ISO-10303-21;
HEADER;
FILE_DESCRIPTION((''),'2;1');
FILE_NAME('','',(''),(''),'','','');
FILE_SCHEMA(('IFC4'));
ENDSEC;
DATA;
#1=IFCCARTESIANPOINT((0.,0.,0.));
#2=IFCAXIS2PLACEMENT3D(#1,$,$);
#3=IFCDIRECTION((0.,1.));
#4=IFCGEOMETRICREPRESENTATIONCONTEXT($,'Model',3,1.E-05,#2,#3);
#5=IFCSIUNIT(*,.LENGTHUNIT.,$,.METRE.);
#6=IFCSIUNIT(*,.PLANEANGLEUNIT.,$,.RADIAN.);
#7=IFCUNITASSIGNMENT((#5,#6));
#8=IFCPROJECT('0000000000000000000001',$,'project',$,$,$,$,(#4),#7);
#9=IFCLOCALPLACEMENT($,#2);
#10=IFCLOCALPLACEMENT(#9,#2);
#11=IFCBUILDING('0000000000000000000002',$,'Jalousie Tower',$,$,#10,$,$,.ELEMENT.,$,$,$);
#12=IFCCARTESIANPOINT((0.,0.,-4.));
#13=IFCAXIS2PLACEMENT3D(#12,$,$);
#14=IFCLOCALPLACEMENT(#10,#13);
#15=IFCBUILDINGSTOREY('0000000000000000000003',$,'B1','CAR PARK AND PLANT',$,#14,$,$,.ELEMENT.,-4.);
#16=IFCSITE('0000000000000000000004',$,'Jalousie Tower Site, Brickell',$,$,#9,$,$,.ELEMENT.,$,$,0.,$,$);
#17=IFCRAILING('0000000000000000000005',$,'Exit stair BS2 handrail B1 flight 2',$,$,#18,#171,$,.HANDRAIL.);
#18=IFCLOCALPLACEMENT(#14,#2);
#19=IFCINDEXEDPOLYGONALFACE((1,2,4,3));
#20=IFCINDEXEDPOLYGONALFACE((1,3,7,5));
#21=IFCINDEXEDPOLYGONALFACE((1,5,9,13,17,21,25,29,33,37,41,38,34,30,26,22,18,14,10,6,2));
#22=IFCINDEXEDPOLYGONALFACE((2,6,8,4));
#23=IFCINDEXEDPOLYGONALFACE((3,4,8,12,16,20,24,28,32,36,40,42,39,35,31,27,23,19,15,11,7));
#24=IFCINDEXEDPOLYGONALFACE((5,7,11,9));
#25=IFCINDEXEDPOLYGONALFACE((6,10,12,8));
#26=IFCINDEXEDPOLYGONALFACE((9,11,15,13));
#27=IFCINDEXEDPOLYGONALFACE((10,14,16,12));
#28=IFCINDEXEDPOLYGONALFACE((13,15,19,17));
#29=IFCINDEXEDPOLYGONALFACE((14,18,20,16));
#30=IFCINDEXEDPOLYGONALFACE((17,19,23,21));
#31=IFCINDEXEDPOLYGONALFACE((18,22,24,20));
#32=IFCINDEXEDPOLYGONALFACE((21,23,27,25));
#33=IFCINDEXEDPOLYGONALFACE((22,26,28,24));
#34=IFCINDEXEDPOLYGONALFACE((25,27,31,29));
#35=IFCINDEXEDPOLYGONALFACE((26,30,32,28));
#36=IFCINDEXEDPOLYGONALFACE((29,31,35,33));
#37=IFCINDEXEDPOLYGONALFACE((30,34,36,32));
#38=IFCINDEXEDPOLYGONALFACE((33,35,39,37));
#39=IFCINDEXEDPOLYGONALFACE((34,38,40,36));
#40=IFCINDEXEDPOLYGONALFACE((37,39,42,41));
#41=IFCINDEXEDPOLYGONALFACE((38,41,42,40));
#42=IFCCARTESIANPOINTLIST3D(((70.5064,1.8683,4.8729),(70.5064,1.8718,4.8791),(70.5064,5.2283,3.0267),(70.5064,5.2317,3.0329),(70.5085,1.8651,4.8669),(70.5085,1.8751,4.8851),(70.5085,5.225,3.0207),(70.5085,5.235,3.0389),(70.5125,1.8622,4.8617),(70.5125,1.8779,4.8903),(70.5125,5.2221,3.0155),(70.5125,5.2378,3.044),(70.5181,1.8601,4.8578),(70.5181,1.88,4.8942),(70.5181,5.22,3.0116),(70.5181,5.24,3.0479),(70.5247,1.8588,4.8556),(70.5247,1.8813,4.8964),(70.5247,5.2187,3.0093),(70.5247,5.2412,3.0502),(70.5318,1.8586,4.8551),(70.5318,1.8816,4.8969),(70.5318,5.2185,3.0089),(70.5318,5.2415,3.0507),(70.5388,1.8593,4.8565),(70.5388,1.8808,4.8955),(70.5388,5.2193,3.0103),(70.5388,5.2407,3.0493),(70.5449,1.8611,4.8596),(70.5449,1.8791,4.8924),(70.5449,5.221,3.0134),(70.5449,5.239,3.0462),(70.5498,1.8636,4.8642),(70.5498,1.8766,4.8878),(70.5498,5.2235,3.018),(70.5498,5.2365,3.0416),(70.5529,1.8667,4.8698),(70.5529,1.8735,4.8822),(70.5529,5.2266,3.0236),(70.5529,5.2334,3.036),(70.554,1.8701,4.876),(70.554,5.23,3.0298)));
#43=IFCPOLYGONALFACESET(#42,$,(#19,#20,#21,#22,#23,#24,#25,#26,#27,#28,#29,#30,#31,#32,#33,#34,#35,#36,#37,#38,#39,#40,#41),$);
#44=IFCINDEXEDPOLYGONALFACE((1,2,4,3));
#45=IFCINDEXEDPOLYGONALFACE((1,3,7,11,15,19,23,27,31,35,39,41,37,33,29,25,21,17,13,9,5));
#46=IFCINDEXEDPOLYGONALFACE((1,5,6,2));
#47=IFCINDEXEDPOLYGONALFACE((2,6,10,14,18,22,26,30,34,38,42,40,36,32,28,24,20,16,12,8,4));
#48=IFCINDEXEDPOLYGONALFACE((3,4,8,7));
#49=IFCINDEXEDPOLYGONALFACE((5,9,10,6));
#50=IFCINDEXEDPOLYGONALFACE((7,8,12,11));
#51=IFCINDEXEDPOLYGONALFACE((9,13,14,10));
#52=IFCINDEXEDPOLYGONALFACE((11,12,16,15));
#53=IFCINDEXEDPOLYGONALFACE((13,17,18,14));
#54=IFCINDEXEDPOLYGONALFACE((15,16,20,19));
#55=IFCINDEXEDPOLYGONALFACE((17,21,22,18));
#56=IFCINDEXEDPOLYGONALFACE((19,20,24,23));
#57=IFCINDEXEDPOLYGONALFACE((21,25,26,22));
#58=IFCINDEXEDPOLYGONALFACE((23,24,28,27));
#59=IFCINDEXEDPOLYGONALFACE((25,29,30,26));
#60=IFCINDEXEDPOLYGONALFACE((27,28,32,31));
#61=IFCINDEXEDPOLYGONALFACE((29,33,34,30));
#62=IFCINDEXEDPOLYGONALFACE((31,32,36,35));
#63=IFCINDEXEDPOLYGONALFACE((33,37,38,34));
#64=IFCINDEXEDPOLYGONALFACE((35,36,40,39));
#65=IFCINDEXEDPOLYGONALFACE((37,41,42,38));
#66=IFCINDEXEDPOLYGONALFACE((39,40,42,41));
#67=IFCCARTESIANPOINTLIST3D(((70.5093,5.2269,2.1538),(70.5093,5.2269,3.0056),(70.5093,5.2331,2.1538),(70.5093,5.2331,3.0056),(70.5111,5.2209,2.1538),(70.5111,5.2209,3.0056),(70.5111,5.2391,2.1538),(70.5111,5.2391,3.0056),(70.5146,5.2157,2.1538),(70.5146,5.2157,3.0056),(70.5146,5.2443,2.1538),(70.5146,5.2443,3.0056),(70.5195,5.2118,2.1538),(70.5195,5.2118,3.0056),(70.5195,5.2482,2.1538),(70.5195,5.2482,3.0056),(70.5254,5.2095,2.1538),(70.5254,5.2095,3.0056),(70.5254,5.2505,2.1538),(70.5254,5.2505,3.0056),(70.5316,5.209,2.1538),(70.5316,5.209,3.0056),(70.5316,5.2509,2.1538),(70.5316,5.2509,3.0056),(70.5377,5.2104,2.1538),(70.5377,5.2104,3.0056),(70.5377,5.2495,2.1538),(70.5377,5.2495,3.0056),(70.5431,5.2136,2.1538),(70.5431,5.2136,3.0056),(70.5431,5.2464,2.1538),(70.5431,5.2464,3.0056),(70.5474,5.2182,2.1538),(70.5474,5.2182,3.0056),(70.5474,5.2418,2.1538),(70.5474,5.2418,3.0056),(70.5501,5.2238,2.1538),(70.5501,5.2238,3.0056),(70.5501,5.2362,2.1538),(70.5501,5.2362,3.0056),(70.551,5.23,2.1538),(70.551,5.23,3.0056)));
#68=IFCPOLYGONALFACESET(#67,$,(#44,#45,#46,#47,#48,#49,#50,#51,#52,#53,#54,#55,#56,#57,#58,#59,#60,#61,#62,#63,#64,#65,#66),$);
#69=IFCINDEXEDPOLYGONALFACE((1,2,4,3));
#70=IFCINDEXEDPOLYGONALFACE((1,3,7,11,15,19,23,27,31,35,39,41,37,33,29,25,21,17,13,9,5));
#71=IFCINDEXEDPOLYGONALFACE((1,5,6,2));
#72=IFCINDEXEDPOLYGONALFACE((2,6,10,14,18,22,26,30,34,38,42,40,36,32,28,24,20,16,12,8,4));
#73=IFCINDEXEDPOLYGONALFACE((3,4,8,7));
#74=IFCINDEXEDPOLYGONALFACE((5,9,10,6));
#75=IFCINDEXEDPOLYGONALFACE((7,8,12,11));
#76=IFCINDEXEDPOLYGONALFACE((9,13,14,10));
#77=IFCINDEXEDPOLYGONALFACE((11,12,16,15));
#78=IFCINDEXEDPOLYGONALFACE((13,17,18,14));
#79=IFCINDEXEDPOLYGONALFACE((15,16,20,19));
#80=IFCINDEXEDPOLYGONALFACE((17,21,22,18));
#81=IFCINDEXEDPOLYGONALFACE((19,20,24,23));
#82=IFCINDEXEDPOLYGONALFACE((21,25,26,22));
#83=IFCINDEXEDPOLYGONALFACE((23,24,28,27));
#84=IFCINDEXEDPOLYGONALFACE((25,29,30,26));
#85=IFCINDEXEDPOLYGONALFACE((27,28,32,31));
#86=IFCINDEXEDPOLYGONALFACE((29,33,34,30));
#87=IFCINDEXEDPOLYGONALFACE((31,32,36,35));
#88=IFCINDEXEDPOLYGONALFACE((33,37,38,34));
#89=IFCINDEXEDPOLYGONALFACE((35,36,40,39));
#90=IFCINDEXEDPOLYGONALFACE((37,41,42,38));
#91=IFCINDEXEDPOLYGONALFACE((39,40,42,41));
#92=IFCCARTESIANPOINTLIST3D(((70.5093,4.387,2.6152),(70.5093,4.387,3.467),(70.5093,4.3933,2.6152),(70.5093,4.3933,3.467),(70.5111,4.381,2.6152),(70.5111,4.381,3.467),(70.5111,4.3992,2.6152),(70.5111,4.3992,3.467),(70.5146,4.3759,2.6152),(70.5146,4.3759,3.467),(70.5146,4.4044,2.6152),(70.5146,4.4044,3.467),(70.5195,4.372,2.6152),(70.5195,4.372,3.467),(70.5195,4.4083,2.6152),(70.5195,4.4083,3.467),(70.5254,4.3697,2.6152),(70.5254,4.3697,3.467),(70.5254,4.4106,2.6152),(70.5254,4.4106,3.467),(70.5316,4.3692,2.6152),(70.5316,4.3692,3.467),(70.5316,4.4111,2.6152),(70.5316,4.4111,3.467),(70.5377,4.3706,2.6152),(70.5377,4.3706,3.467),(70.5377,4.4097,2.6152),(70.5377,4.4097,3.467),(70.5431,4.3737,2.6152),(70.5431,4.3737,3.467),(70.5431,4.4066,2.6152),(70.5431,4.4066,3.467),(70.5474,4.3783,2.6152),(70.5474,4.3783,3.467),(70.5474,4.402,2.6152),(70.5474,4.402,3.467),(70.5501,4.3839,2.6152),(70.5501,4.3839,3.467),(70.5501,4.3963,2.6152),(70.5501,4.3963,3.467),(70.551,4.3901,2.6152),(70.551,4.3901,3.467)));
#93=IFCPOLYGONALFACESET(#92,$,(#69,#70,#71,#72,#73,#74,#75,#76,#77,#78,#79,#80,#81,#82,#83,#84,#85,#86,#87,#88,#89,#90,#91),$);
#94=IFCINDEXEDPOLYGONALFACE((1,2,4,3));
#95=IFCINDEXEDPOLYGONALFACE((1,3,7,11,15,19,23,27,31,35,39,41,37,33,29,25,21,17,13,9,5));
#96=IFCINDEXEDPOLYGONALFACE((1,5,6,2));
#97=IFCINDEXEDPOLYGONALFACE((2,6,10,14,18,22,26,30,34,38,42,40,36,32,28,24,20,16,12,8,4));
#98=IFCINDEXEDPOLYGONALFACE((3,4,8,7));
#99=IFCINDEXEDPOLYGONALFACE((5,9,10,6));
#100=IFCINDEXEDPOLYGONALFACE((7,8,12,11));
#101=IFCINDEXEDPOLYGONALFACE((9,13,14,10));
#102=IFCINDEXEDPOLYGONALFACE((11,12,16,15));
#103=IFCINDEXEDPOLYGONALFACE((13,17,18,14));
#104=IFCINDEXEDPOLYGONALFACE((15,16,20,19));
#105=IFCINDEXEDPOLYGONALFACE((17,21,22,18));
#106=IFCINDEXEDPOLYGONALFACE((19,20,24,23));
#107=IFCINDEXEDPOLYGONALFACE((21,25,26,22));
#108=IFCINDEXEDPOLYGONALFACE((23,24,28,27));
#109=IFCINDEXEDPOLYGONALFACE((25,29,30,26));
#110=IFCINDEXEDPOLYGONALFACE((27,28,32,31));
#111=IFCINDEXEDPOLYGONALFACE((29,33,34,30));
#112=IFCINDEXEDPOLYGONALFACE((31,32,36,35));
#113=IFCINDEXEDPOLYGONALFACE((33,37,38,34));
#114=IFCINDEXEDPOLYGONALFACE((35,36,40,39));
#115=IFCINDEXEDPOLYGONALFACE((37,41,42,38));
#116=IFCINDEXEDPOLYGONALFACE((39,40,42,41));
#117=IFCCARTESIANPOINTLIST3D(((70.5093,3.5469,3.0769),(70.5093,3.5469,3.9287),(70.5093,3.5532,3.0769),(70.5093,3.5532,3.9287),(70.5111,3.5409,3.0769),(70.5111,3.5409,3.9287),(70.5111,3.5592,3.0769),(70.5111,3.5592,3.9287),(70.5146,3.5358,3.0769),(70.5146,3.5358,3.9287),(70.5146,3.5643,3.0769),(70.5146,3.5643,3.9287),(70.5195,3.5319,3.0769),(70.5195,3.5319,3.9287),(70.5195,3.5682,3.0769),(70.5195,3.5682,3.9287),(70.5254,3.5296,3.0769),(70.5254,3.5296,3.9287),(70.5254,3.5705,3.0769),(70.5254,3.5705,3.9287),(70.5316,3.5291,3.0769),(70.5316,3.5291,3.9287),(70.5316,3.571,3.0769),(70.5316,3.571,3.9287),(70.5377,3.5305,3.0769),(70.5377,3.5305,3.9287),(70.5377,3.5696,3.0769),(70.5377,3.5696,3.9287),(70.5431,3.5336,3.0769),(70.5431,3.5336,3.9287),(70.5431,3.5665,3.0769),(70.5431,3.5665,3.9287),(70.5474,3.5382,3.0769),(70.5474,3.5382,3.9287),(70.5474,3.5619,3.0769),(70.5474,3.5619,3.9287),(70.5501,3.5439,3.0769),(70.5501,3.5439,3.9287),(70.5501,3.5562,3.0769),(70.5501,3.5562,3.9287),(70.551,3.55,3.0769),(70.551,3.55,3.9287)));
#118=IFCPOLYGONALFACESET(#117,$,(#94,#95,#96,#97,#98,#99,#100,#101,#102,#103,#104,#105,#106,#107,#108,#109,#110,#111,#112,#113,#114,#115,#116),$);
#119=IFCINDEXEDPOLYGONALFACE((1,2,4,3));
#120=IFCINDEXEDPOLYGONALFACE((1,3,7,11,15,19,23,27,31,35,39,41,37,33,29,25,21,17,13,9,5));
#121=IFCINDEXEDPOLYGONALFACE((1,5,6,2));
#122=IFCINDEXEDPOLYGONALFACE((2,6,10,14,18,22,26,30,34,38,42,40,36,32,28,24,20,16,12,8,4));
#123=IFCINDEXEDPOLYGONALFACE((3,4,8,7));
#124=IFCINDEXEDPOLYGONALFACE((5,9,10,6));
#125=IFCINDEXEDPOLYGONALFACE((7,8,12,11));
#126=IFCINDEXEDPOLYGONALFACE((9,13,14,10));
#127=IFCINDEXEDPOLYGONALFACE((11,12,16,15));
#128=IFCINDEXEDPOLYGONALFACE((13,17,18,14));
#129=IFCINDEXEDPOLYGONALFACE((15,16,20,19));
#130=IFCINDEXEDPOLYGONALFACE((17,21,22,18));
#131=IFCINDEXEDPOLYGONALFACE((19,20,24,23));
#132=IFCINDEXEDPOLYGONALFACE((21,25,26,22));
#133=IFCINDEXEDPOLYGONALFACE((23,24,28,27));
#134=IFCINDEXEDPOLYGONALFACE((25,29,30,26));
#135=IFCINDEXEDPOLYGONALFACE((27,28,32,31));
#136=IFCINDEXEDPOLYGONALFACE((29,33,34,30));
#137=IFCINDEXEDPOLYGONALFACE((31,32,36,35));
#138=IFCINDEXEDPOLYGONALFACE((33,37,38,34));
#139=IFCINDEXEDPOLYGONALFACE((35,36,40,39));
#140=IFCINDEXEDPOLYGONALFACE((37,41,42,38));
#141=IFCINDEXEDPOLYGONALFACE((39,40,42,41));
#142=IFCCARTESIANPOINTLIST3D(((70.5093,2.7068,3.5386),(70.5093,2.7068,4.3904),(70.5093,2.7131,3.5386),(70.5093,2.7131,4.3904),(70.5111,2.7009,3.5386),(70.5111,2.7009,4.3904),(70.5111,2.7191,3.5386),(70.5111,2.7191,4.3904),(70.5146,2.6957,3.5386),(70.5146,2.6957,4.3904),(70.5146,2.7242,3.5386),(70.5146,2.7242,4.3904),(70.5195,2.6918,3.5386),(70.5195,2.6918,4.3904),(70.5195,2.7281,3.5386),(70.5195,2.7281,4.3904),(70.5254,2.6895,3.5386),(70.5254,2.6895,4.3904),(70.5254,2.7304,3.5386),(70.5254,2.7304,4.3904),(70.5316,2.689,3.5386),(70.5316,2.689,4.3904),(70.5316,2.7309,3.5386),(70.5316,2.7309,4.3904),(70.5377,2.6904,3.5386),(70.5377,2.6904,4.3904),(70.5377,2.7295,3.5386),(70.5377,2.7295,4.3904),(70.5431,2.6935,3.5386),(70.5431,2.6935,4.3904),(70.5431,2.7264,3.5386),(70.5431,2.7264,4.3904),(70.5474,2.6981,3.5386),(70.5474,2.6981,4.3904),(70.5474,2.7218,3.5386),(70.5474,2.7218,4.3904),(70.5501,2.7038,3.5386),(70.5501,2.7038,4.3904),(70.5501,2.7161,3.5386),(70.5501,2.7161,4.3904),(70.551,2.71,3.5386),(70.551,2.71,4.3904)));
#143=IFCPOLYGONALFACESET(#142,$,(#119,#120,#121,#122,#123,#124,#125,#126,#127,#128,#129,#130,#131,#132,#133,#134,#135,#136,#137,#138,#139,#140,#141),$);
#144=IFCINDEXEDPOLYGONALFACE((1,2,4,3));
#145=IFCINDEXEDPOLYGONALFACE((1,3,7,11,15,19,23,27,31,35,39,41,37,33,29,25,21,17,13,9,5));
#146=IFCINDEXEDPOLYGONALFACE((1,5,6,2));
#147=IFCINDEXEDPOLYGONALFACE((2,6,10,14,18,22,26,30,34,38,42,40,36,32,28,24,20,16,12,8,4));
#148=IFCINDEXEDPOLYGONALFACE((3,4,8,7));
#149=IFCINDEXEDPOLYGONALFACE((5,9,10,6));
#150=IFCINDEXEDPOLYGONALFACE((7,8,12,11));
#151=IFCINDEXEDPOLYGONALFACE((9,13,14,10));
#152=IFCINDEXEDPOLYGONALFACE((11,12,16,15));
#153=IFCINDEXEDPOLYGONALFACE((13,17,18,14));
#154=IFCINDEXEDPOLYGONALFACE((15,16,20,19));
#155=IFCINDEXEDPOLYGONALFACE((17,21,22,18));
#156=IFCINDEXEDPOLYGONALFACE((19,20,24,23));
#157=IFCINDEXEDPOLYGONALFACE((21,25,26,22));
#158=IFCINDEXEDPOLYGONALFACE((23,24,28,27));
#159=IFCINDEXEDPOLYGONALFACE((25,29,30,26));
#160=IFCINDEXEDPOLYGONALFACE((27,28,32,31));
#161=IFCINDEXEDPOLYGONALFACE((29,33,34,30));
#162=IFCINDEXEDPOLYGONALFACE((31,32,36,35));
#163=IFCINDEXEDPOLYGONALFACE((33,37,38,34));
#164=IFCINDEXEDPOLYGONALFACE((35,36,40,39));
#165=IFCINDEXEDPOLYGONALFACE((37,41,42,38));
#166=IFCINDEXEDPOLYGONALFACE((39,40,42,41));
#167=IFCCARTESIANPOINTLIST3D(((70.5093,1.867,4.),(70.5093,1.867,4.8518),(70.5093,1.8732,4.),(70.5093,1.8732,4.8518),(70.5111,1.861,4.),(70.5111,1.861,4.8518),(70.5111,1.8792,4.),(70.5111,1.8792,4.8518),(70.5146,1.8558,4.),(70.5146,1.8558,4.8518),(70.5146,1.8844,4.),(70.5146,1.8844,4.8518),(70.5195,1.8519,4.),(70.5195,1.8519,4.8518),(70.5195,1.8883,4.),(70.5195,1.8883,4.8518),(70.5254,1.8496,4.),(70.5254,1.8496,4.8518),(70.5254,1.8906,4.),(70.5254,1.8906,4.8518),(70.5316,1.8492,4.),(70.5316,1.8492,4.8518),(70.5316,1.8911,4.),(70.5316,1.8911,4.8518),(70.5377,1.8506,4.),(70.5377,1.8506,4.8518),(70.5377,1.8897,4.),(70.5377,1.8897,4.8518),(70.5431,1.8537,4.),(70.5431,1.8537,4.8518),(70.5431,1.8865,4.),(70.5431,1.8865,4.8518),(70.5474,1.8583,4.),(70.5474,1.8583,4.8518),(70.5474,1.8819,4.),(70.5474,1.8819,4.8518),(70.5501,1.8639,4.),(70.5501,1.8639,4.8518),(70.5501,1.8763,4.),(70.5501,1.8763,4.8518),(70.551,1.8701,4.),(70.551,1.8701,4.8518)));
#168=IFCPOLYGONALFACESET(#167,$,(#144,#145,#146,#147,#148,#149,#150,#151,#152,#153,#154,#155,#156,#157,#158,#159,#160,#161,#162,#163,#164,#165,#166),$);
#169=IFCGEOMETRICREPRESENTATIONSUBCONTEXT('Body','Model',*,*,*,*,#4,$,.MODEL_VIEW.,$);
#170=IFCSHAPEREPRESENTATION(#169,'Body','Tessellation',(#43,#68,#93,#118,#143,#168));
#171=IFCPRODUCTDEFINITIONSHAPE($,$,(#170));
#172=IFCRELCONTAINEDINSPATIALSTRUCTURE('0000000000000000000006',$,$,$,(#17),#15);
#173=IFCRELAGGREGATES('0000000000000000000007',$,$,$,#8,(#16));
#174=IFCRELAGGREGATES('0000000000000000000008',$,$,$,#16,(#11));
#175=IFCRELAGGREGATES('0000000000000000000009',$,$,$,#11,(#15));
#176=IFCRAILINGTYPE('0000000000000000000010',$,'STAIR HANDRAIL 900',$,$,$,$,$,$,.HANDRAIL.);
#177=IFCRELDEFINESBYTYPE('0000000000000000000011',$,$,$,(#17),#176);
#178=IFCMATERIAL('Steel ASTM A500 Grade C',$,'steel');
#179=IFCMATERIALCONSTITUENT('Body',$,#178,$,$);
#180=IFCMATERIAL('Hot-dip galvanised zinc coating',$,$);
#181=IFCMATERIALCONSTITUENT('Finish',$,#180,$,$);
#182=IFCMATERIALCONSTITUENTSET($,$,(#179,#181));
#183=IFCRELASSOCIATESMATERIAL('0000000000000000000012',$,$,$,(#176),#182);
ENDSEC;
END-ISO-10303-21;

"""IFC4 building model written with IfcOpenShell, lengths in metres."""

from ifc_helpers import new_model, si_unit, direction, frame, origin, origin_2d, place, context, subcontext, project, spatial, circle, extrude, material, constituent, constituent_set, type_object, element, save


model = new_model("IFC4")

# Units and contexts
model_context = context("Model", 3, precision=1e-05, world=origin(), true_north=direction((0.0, 1.0)))
body_context = subcontext(model_context, "Body", "Model", "MODEL_VIEW")
ifc_project = project(units=[si_unit("LENGTHUNIT", "METRE"), si_unit("PLANEANGLEUNIT", "RADIAN")], contexts=[model_context])

# Site, building, storey
site_placement = place(None, origin())
site = spatial("IfcSite", under=ifc_project, at=site_placement, Name="Jalousie Tower Site, Brickell", CompositionType="ELEMENT", RefElevation=0.0)
building_placement = place(site_placement, origin())
building = spatial("IfcBuilding", under=site, at=building_placement, Name="Jalousie Tower", CompositionType="ELEMENT")
storey_placement = place(building_placement, frame((0.0, 0.0, -4.0)))
storey = spatial("IfcBuildingStorey", under=building, at=storey_placement, Name="B1", Description="CAR PARK AND PLANT", CompositionType="ELEMENT", Elevation=-4.0)

# Railing
ifc_material_1 = material(Name="Steel ASTM A500 Grade C", Category="steel")
ifc_constituent_1 = constituent(ifc_material_1, Name="Body")
ifc_material_2 = material(Name="Hot-dip galvanised zinc coating")
ifc_constituent_2 = constituent(ifc_material_2, Name="Finish")
ifc_constituent_set_1 = constituent_set(constituents=[ifc_constituent_1, ifc_constituent_2])
railing_type_1 = type_object("IfcRailingType", Name="STAIR HANDRAIL 900", PredefinedType="HANDRAIL", material=ifc_constituent_set_1)
railing_1_placement = place(storey_placement, frame((70.53, 5.23, 2.1538)))
element("IfcRailing", 1, at=railing_1_placement, inside=storey, type_object=railing_type_1, Name="Exit stair BS2 handrail B1 flight 2", PredefinedType="HANDRAIL", context=body_context, shape_type="SweptSolid", body=[
    extrude(circle(Radius=0.0239, at=origin_2d()), frame((0.0, 0.0, 0.876), z_axis=(0.0, -0.876407, 0.481572), x_axis=(1.0, 0.0, 0.0)), (0.0, 0.0, 1.0), 3.8337),
    extrude(circle(Radius=0.021, at=origin_2d()), origin(), (0.0, 0.0, 1.0), 0.8518),
    extrude(circle(Radius=0.021, at=origin_2d()), frame((0.0, -0.8398, 0.4614)), (0.0, 0.0, 1.0), 0.8518),
    extrude(circle(Radius=0.021, at=origin_2d()), frame((0.0, -1.6799, 0.9231)), (0.0, 0.0, 1.0), 0.8518),
    extrude(circle(Radius=0.021, at=origin_2d()), frame((0.0, -2.52, 1.3848)), (0.0, 0.0, 1.0), 0.8518),
    extrude(circle(Radius=0.021, at=origin_2d()), frame((0.0, -3.3599, 1.8462)), (0.0, 0.0, 1.0), 0.8518),
])

save(model, "model.ifc")
